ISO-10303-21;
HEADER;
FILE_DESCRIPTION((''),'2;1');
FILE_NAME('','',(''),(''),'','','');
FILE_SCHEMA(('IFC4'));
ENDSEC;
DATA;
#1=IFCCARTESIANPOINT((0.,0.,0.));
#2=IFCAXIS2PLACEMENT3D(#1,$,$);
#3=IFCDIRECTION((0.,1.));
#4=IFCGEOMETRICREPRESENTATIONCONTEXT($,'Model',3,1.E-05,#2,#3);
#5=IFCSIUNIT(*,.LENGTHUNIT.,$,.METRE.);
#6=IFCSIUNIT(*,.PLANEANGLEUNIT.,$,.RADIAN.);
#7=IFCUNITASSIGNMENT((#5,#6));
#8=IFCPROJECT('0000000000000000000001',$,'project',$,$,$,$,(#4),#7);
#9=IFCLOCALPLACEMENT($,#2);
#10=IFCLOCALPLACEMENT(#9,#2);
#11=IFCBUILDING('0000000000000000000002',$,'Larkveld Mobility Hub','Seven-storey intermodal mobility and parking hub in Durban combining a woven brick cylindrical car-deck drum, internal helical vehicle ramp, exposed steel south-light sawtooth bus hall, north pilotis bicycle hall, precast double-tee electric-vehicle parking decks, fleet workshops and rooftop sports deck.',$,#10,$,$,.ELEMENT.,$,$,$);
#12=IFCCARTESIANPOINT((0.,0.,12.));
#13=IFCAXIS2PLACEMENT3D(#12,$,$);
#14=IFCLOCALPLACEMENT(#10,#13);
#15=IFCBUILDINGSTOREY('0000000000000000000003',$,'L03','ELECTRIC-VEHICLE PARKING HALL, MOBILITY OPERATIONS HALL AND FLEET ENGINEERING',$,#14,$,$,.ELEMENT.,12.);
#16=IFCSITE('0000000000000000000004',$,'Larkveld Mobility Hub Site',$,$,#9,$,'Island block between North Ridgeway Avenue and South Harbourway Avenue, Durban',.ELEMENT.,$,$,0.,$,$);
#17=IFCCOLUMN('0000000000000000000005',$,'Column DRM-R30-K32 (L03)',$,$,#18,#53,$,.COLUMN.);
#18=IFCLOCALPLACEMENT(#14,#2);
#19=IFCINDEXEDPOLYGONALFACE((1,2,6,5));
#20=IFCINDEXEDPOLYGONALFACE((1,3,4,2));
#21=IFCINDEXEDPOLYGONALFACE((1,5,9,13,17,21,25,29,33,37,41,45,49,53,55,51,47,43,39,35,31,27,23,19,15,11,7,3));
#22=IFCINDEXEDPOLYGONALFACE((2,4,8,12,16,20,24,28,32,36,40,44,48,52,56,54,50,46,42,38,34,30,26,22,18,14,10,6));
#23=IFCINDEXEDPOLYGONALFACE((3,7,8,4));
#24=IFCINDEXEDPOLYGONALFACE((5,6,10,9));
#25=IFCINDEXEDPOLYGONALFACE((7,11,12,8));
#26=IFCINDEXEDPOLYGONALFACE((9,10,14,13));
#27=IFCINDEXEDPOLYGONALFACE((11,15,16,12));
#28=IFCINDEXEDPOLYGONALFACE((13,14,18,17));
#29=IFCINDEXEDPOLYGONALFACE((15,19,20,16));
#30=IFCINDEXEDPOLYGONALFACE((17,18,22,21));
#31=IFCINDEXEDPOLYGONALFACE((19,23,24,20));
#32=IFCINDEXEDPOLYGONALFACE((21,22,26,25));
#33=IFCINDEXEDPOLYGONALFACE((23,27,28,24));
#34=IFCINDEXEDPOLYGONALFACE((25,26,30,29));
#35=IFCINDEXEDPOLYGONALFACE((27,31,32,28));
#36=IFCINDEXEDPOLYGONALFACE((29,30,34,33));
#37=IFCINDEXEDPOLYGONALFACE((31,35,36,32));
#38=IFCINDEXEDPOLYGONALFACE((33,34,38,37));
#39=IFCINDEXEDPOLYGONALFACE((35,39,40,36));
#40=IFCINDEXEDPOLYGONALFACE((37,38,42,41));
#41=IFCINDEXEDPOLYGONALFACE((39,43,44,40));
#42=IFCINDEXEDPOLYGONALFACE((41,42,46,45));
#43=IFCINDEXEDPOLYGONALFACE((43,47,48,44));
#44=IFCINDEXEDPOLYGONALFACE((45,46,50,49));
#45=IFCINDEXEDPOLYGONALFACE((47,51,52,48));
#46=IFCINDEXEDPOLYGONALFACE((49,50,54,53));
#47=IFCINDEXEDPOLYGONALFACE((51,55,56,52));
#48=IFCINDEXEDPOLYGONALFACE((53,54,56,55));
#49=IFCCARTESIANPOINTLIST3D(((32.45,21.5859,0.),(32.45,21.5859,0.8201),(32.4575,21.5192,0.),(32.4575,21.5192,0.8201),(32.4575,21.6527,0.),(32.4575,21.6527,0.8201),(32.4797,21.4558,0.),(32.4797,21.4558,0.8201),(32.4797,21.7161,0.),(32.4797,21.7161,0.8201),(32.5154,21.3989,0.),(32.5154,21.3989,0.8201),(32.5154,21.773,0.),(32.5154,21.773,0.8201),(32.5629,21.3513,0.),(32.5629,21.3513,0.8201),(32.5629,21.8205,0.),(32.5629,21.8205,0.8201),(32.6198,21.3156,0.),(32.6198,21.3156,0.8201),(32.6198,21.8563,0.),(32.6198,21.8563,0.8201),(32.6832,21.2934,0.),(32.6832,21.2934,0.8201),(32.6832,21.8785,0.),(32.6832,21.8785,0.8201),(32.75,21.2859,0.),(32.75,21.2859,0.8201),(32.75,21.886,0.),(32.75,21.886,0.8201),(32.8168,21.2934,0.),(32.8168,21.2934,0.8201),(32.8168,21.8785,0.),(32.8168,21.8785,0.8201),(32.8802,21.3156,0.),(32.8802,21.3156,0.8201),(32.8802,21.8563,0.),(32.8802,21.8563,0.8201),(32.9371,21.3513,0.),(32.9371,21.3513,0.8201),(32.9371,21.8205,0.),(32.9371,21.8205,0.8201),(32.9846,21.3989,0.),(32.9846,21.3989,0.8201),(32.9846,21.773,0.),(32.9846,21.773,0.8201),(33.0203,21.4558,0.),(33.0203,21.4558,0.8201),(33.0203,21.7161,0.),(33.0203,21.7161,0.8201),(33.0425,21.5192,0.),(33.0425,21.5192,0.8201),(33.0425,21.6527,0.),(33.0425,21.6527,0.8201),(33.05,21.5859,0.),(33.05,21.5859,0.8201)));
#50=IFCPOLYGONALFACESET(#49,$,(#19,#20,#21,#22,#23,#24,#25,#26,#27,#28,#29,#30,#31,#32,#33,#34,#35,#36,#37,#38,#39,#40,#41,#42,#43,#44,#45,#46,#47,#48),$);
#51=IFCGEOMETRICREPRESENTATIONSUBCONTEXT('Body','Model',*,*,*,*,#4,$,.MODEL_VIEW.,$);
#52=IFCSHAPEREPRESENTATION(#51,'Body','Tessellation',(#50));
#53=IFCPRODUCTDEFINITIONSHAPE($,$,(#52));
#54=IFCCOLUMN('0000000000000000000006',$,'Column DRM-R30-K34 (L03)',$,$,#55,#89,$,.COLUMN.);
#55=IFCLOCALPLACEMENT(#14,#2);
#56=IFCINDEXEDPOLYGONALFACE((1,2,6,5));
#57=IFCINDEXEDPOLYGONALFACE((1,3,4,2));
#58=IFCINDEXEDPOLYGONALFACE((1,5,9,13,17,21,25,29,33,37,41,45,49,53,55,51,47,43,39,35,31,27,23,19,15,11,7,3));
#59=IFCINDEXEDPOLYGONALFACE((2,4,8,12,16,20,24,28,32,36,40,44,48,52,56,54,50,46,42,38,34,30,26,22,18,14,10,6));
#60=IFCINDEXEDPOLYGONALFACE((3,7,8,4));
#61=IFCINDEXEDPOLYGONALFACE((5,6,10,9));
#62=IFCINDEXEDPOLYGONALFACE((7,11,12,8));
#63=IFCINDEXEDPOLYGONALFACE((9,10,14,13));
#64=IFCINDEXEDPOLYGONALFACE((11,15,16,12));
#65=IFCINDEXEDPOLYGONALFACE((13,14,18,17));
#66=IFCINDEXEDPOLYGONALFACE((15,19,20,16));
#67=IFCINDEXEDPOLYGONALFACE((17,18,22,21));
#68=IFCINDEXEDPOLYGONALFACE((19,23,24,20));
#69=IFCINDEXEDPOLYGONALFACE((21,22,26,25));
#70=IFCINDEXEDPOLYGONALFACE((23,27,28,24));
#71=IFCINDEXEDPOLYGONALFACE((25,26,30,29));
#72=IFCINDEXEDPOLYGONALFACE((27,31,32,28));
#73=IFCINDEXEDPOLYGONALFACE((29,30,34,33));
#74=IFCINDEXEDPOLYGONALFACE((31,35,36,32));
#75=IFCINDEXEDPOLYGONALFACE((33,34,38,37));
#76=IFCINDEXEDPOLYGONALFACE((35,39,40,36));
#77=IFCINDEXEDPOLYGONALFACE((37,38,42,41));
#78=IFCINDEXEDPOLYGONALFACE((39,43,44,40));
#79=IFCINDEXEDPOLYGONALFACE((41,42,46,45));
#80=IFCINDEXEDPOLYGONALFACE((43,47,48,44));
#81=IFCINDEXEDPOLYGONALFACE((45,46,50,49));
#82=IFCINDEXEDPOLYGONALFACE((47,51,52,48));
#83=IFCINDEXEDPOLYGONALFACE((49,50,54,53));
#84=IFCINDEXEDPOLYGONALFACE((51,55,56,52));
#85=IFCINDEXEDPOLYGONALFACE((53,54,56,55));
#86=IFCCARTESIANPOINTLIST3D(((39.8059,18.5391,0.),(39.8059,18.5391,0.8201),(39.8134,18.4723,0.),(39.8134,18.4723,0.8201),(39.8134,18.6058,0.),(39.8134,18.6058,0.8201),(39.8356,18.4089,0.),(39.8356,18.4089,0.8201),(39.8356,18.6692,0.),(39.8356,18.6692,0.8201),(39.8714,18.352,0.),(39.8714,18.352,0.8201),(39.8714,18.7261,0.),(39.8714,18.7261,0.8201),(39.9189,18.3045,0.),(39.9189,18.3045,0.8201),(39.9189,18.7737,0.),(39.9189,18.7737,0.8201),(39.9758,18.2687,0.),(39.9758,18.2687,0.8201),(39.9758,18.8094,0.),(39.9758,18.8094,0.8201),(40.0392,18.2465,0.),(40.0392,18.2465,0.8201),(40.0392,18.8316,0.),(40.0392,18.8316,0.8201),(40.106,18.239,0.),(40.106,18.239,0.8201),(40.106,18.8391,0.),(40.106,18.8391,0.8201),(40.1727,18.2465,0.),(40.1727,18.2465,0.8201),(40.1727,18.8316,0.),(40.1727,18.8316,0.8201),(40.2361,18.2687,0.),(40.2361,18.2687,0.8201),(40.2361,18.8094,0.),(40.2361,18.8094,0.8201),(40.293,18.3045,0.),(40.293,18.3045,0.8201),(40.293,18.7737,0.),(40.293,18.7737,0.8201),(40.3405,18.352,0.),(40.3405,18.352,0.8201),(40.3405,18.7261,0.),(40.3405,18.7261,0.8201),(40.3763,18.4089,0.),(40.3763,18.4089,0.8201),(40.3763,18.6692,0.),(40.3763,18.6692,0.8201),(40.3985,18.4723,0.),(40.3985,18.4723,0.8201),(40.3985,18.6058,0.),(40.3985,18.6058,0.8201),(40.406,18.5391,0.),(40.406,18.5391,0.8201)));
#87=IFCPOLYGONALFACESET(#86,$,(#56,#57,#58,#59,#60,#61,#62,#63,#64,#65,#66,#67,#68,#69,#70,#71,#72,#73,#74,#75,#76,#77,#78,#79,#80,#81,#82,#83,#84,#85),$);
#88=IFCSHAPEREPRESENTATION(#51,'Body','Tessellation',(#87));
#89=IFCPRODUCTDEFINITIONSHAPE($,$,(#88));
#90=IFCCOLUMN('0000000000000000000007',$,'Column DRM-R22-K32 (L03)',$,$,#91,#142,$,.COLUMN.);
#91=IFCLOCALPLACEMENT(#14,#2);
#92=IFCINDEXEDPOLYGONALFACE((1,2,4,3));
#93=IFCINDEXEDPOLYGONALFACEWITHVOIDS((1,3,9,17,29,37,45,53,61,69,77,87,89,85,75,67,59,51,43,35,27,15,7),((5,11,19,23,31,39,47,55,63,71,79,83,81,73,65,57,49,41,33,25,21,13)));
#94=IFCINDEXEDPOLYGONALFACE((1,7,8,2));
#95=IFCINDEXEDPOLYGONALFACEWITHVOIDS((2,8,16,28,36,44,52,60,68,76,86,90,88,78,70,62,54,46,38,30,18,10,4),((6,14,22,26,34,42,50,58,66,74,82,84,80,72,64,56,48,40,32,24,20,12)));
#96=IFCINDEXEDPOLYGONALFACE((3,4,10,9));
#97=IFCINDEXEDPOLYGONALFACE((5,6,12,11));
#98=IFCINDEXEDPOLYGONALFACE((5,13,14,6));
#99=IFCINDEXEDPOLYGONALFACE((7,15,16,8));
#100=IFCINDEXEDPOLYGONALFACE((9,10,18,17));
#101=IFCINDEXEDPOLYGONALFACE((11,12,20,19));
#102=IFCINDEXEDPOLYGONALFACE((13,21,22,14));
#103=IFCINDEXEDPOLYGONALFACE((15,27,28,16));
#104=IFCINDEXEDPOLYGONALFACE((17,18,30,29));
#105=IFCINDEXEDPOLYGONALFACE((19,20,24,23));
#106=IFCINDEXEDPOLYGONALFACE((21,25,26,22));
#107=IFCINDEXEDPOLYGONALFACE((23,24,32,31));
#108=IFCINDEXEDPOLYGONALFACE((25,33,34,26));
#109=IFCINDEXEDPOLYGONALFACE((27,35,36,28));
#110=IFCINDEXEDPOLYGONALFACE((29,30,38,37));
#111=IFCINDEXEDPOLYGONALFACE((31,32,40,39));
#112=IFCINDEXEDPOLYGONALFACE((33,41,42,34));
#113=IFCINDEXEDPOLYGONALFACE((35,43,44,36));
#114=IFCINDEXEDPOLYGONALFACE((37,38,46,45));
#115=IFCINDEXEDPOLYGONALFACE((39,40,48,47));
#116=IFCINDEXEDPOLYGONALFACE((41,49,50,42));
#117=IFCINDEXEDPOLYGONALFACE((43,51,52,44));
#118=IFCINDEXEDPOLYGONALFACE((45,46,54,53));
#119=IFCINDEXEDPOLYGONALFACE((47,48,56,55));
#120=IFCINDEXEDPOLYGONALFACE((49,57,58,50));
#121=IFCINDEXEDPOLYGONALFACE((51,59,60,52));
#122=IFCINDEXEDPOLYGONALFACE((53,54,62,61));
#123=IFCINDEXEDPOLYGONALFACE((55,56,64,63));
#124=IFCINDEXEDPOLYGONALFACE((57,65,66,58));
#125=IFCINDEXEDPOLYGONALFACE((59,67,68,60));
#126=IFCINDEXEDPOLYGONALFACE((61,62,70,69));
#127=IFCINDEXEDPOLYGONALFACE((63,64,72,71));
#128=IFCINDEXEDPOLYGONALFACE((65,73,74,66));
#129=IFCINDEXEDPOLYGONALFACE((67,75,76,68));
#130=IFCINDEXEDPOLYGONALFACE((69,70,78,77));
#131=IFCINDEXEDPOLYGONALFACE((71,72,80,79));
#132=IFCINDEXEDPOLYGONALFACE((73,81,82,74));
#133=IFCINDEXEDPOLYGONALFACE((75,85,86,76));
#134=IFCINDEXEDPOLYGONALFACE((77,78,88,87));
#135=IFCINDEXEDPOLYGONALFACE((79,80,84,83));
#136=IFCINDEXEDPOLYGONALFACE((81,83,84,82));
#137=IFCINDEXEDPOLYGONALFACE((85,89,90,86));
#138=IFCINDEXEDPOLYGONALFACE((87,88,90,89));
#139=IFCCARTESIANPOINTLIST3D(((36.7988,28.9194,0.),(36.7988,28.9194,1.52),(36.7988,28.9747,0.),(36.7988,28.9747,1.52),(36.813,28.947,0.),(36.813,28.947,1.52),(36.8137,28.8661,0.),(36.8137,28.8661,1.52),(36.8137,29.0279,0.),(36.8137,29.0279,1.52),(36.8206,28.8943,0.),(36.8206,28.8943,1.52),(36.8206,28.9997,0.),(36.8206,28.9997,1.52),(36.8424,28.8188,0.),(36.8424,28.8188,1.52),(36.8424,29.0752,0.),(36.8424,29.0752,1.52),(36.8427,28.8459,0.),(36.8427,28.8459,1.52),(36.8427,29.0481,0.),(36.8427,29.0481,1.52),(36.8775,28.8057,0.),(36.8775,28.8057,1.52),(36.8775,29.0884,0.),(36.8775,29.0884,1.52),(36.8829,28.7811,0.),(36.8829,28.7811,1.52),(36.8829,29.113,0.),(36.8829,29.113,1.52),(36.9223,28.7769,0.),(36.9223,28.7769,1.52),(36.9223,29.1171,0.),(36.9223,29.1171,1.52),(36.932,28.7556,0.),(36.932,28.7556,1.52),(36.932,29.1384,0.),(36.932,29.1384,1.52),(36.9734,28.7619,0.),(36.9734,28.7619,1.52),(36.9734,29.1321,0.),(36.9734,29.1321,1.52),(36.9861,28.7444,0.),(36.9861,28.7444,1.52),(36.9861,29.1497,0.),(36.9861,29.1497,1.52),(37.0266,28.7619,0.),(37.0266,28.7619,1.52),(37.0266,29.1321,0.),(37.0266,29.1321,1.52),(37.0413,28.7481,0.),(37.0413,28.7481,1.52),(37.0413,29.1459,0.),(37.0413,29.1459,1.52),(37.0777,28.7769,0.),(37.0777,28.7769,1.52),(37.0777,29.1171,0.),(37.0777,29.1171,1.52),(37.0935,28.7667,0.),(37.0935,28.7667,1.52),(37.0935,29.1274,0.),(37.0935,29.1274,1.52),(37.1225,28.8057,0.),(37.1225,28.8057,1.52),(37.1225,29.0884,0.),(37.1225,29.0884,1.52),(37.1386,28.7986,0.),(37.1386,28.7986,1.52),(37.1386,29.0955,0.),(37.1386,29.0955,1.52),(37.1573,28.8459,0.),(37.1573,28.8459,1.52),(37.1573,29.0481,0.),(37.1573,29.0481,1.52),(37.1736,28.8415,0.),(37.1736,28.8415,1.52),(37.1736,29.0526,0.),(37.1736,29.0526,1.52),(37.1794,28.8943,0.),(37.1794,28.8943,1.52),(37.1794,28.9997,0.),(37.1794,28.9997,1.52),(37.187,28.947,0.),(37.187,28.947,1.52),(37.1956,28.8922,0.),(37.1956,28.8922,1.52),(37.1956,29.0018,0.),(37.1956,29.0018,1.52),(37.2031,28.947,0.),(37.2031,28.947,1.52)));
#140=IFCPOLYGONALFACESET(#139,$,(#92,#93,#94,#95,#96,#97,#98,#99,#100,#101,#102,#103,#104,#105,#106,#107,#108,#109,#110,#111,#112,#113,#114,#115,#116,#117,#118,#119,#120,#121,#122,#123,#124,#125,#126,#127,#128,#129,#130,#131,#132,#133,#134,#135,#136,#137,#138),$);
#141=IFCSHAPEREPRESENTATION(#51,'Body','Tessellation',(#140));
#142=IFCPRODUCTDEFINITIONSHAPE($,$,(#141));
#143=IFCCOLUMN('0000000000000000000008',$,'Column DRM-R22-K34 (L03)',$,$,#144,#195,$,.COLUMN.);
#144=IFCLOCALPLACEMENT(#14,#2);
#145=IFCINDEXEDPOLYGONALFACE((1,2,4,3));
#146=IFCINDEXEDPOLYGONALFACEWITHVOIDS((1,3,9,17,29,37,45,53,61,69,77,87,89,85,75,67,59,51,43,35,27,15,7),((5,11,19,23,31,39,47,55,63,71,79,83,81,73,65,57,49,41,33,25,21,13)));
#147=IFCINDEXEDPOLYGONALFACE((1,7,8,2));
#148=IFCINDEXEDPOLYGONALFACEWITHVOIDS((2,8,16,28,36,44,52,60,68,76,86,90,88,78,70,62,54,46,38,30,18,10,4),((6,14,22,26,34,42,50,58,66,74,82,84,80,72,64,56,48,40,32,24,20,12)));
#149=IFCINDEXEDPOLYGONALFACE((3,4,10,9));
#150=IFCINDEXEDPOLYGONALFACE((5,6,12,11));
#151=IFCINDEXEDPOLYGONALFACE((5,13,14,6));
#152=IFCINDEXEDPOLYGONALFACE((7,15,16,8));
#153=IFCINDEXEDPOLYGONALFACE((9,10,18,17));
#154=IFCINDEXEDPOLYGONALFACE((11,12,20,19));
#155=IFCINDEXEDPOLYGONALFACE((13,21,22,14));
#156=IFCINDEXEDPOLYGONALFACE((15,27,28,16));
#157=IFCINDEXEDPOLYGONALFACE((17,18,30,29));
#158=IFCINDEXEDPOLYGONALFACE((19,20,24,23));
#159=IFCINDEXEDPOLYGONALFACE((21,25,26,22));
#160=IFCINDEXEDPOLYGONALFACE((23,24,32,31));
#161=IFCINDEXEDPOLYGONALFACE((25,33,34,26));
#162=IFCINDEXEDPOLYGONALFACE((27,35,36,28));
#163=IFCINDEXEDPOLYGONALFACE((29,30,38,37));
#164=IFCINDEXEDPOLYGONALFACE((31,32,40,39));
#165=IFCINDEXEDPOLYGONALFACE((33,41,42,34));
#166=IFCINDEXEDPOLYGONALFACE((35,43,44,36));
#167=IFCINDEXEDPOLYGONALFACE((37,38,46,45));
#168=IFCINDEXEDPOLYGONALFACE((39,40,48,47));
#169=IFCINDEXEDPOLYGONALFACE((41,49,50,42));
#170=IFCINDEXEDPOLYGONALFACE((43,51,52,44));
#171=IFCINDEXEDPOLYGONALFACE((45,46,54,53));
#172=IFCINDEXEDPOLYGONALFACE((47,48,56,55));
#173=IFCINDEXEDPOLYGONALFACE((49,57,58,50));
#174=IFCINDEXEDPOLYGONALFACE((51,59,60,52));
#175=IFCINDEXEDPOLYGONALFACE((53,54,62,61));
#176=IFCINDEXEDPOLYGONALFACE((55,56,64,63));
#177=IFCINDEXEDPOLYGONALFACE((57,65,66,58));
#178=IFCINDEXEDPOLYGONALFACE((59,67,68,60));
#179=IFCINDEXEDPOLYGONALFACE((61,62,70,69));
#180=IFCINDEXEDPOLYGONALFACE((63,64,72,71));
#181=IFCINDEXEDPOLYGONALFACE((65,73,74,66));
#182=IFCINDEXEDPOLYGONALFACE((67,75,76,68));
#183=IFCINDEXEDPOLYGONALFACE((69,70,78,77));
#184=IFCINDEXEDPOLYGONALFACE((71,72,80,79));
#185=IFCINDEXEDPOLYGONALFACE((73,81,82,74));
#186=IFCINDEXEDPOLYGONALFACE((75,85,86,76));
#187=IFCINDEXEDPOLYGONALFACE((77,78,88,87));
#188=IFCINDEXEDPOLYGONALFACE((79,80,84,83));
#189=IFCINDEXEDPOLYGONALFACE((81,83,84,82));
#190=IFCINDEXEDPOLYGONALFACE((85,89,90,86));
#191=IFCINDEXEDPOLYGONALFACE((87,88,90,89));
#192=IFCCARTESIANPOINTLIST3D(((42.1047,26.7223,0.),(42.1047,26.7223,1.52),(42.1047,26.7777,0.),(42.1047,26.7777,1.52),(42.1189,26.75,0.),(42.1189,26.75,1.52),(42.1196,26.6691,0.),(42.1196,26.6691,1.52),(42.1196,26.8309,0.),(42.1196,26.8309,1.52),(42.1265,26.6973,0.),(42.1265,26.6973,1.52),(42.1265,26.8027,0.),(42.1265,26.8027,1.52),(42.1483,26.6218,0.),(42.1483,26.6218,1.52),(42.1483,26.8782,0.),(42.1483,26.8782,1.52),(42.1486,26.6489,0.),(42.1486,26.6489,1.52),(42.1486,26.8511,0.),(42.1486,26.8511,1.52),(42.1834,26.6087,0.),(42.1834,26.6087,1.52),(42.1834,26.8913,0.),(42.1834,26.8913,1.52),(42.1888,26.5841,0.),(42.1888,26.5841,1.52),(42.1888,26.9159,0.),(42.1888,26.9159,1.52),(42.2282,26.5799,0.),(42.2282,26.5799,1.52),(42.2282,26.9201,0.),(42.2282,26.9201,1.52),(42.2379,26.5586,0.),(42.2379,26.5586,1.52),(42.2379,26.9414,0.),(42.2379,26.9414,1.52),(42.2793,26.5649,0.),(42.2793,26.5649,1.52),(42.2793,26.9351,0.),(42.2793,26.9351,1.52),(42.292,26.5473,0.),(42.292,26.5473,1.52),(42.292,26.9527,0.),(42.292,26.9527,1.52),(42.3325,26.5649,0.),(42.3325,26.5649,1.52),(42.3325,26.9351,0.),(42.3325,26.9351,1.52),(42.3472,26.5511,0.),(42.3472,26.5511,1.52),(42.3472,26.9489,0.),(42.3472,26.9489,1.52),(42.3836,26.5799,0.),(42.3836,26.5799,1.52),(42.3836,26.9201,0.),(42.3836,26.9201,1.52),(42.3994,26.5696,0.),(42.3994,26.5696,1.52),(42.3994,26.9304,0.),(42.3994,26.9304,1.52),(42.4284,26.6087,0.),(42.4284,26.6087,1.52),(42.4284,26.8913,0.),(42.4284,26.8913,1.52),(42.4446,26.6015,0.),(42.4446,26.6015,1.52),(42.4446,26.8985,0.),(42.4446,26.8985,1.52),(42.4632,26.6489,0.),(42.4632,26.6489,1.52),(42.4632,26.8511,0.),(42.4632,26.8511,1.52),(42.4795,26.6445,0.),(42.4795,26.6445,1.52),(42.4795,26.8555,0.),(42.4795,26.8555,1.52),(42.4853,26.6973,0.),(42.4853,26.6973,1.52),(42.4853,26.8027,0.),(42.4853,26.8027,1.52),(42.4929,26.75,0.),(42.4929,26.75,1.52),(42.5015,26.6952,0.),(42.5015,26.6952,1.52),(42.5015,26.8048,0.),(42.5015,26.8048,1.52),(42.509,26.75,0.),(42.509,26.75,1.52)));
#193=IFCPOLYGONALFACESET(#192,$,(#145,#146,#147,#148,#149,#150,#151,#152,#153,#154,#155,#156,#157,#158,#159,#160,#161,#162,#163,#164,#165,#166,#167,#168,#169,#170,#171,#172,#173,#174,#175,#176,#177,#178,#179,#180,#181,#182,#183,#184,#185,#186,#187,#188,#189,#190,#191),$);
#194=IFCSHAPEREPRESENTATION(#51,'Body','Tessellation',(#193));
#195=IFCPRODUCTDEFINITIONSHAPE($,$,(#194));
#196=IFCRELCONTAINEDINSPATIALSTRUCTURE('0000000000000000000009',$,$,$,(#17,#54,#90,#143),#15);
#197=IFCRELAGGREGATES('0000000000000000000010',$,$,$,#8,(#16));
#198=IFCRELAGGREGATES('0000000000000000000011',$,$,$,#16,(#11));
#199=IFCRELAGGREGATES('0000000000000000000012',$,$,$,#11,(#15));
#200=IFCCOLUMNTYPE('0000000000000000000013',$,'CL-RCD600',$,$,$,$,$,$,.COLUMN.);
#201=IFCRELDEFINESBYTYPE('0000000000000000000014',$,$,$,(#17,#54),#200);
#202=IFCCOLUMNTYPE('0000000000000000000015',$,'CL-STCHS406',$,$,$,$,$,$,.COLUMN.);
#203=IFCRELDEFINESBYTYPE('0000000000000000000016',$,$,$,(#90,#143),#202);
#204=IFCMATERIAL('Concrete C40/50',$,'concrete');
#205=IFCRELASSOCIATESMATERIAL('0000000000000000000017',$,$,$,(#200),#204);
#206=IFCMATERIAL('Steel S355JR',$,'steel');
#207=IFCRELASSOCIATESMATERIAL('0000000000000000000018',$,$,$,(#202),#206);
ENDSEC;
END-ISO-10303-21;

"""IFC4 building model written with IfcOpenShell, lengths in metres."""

from ifc_helpers import new_model, si_unit, direction, frame, origin, origin_2d, place, context, subcontext, project, spatial, circle, hollow_circle, extrude, material, material_profile, profile_set, type_object, element, save


model = new_model("IFC4")

# Units and contexts
model_context = context("Model", 3, precision=1e-05, world=origin(), true_north=direction((0.0, 1.0)))
body_context = subcontext(model_context, "Body", "Model", "MODEL_VIEW")
ifc_project = project(units=[si_unit("LENGTHUNIT", "METRE"), si_unit("PLANEANGLEUNIT", "RADIAN")], contexts=[model_context])

# Site, building, storey
site_placement = place(None, origin())
site = spatial("IfcSite", under=ifc_project, at=site_placement, Name="Larkveld Mobility Hub Site", LongName="Island block between North Ridgeway Avenue and South Harbourway Avenue, Durban", CompositionType="ELEMENT", RefElevation=0.0)
building_placement = place(site_placement, origin())
building = spatial("IfcBuilding", under=site, at=building_placement, Name="Larkveld Mobility Hub", Description="Seven-storey intermodal mobility and parking hub in Durban combining a woven brick cylindrical car-deck drum, internal helical vehicle ramp, exposed steel south-light sawtooth bus hall, north pilotis bicycle hall, precast double-tee electric-vehicle parking decks, fleet workshops and rooftop sports deck.", CompositionType="ELEMENT")
storey_placement = place(building_placement, frame((0.0, 0.0, 12.0)))
storey = spatial("IfcBuildingStorey", under=building, at=storey_placement, Name="L03", Description="ELECTRIC-VEHICLE PARKING HALL, MOBILITY OPERATIONS HALL AND FLEET ENGINEERING", CompositionType="ELEMENT", Elevation=12.0)

# Columns
ifc_material_1 = material(Name="Concrete C40/50", Category="concrete")
ifc_material_profile_1 = material_profile(ifc_material_1, circle(Radius=0.3, at=origin_2d()), Name="RC COL D600")
ifc_profile_set_1 = profile_set([ifc_material_profile_1], Name="Concrete C40/50")
column_type_1 = type_object("IfcColumnType", Name="CL-RCD600", PredefinedType="COLUMN", material=ifc_profile_set_1)
for number, where, z_axis, x_axis, name in (
    (1, (32.75, 21.5859, 0.0), (0.0, 0.0, 1.0), (1.0, 0.0, 0.0), "Column DRM-R30-K32 (L03)"),
    (2, (40.106, 18.5391, 0.0), (0.0, 0.0, 1.0), (1.0, 0.0, 0.0), "Column DRM-R30-K34 (L03)"),
):
    element("IfcColumn", number, at=place(storey_placement, frame(where, z_axis=z_axis, x_axis=x_axis)), inside=storey, type_object=column_type_1, Name=name, PredefinedType="COLUMN", context=body_context, shape_type="SweptSolid", body=[
        extrude(circle(Radius=0.3, at=origin_2d()), origin(), (0.0, 0.0, 1.0), 0.8201),
    ])
ifc_material_2 = material(Name="Steel S355JR", Category="steel")
ifc_material_profile_2 = material_profile(ifc_material_2, hollow_circle(Radius=0.2031, WallThickness=0.0161, at=origin_2d()), Name="CHS 406.4x16")
ifc_profile_set_2 = profile_set([ifc_material_profile_2], Name="Steel S355JR")
column_type_2 = type_object("IfcColumnType", Name="CL-STCHS406", PredefinedType="COLUMN", material=ifc_profile_set_2)
for number, where, z_axis, x_axis, name in (
    (3, (37.0, 28.947, 0.0), (0.0, 0.0, 1.0), (1.0, 0.0, 0.0), "Column DRM-R22-K32 (L03)"),
    (4, (42.3059, 26.75, 0.0), (0.0, 0.0, 1.0), (1.0, 0.0, 0.0), "Column DRM-R22-K34 (L03)"),
):
    element("IfcColumn", number, at=place(storey_placement, frame(where, z_axis=z_axis, x_axis=x_axis)), inside=storey, type_object=column_type_2, Name=name, PredefinedType="COLUMN", context=body_context, shape_type="SweptSolid", body=[
        extrude(hollow_circle(Radius=0.2031, WallThickness=0.0161, at=origin_2d()), origin(), (0.0, 0.0, 1.0), 1.52),
    ])

save(model, "model.ifc")
